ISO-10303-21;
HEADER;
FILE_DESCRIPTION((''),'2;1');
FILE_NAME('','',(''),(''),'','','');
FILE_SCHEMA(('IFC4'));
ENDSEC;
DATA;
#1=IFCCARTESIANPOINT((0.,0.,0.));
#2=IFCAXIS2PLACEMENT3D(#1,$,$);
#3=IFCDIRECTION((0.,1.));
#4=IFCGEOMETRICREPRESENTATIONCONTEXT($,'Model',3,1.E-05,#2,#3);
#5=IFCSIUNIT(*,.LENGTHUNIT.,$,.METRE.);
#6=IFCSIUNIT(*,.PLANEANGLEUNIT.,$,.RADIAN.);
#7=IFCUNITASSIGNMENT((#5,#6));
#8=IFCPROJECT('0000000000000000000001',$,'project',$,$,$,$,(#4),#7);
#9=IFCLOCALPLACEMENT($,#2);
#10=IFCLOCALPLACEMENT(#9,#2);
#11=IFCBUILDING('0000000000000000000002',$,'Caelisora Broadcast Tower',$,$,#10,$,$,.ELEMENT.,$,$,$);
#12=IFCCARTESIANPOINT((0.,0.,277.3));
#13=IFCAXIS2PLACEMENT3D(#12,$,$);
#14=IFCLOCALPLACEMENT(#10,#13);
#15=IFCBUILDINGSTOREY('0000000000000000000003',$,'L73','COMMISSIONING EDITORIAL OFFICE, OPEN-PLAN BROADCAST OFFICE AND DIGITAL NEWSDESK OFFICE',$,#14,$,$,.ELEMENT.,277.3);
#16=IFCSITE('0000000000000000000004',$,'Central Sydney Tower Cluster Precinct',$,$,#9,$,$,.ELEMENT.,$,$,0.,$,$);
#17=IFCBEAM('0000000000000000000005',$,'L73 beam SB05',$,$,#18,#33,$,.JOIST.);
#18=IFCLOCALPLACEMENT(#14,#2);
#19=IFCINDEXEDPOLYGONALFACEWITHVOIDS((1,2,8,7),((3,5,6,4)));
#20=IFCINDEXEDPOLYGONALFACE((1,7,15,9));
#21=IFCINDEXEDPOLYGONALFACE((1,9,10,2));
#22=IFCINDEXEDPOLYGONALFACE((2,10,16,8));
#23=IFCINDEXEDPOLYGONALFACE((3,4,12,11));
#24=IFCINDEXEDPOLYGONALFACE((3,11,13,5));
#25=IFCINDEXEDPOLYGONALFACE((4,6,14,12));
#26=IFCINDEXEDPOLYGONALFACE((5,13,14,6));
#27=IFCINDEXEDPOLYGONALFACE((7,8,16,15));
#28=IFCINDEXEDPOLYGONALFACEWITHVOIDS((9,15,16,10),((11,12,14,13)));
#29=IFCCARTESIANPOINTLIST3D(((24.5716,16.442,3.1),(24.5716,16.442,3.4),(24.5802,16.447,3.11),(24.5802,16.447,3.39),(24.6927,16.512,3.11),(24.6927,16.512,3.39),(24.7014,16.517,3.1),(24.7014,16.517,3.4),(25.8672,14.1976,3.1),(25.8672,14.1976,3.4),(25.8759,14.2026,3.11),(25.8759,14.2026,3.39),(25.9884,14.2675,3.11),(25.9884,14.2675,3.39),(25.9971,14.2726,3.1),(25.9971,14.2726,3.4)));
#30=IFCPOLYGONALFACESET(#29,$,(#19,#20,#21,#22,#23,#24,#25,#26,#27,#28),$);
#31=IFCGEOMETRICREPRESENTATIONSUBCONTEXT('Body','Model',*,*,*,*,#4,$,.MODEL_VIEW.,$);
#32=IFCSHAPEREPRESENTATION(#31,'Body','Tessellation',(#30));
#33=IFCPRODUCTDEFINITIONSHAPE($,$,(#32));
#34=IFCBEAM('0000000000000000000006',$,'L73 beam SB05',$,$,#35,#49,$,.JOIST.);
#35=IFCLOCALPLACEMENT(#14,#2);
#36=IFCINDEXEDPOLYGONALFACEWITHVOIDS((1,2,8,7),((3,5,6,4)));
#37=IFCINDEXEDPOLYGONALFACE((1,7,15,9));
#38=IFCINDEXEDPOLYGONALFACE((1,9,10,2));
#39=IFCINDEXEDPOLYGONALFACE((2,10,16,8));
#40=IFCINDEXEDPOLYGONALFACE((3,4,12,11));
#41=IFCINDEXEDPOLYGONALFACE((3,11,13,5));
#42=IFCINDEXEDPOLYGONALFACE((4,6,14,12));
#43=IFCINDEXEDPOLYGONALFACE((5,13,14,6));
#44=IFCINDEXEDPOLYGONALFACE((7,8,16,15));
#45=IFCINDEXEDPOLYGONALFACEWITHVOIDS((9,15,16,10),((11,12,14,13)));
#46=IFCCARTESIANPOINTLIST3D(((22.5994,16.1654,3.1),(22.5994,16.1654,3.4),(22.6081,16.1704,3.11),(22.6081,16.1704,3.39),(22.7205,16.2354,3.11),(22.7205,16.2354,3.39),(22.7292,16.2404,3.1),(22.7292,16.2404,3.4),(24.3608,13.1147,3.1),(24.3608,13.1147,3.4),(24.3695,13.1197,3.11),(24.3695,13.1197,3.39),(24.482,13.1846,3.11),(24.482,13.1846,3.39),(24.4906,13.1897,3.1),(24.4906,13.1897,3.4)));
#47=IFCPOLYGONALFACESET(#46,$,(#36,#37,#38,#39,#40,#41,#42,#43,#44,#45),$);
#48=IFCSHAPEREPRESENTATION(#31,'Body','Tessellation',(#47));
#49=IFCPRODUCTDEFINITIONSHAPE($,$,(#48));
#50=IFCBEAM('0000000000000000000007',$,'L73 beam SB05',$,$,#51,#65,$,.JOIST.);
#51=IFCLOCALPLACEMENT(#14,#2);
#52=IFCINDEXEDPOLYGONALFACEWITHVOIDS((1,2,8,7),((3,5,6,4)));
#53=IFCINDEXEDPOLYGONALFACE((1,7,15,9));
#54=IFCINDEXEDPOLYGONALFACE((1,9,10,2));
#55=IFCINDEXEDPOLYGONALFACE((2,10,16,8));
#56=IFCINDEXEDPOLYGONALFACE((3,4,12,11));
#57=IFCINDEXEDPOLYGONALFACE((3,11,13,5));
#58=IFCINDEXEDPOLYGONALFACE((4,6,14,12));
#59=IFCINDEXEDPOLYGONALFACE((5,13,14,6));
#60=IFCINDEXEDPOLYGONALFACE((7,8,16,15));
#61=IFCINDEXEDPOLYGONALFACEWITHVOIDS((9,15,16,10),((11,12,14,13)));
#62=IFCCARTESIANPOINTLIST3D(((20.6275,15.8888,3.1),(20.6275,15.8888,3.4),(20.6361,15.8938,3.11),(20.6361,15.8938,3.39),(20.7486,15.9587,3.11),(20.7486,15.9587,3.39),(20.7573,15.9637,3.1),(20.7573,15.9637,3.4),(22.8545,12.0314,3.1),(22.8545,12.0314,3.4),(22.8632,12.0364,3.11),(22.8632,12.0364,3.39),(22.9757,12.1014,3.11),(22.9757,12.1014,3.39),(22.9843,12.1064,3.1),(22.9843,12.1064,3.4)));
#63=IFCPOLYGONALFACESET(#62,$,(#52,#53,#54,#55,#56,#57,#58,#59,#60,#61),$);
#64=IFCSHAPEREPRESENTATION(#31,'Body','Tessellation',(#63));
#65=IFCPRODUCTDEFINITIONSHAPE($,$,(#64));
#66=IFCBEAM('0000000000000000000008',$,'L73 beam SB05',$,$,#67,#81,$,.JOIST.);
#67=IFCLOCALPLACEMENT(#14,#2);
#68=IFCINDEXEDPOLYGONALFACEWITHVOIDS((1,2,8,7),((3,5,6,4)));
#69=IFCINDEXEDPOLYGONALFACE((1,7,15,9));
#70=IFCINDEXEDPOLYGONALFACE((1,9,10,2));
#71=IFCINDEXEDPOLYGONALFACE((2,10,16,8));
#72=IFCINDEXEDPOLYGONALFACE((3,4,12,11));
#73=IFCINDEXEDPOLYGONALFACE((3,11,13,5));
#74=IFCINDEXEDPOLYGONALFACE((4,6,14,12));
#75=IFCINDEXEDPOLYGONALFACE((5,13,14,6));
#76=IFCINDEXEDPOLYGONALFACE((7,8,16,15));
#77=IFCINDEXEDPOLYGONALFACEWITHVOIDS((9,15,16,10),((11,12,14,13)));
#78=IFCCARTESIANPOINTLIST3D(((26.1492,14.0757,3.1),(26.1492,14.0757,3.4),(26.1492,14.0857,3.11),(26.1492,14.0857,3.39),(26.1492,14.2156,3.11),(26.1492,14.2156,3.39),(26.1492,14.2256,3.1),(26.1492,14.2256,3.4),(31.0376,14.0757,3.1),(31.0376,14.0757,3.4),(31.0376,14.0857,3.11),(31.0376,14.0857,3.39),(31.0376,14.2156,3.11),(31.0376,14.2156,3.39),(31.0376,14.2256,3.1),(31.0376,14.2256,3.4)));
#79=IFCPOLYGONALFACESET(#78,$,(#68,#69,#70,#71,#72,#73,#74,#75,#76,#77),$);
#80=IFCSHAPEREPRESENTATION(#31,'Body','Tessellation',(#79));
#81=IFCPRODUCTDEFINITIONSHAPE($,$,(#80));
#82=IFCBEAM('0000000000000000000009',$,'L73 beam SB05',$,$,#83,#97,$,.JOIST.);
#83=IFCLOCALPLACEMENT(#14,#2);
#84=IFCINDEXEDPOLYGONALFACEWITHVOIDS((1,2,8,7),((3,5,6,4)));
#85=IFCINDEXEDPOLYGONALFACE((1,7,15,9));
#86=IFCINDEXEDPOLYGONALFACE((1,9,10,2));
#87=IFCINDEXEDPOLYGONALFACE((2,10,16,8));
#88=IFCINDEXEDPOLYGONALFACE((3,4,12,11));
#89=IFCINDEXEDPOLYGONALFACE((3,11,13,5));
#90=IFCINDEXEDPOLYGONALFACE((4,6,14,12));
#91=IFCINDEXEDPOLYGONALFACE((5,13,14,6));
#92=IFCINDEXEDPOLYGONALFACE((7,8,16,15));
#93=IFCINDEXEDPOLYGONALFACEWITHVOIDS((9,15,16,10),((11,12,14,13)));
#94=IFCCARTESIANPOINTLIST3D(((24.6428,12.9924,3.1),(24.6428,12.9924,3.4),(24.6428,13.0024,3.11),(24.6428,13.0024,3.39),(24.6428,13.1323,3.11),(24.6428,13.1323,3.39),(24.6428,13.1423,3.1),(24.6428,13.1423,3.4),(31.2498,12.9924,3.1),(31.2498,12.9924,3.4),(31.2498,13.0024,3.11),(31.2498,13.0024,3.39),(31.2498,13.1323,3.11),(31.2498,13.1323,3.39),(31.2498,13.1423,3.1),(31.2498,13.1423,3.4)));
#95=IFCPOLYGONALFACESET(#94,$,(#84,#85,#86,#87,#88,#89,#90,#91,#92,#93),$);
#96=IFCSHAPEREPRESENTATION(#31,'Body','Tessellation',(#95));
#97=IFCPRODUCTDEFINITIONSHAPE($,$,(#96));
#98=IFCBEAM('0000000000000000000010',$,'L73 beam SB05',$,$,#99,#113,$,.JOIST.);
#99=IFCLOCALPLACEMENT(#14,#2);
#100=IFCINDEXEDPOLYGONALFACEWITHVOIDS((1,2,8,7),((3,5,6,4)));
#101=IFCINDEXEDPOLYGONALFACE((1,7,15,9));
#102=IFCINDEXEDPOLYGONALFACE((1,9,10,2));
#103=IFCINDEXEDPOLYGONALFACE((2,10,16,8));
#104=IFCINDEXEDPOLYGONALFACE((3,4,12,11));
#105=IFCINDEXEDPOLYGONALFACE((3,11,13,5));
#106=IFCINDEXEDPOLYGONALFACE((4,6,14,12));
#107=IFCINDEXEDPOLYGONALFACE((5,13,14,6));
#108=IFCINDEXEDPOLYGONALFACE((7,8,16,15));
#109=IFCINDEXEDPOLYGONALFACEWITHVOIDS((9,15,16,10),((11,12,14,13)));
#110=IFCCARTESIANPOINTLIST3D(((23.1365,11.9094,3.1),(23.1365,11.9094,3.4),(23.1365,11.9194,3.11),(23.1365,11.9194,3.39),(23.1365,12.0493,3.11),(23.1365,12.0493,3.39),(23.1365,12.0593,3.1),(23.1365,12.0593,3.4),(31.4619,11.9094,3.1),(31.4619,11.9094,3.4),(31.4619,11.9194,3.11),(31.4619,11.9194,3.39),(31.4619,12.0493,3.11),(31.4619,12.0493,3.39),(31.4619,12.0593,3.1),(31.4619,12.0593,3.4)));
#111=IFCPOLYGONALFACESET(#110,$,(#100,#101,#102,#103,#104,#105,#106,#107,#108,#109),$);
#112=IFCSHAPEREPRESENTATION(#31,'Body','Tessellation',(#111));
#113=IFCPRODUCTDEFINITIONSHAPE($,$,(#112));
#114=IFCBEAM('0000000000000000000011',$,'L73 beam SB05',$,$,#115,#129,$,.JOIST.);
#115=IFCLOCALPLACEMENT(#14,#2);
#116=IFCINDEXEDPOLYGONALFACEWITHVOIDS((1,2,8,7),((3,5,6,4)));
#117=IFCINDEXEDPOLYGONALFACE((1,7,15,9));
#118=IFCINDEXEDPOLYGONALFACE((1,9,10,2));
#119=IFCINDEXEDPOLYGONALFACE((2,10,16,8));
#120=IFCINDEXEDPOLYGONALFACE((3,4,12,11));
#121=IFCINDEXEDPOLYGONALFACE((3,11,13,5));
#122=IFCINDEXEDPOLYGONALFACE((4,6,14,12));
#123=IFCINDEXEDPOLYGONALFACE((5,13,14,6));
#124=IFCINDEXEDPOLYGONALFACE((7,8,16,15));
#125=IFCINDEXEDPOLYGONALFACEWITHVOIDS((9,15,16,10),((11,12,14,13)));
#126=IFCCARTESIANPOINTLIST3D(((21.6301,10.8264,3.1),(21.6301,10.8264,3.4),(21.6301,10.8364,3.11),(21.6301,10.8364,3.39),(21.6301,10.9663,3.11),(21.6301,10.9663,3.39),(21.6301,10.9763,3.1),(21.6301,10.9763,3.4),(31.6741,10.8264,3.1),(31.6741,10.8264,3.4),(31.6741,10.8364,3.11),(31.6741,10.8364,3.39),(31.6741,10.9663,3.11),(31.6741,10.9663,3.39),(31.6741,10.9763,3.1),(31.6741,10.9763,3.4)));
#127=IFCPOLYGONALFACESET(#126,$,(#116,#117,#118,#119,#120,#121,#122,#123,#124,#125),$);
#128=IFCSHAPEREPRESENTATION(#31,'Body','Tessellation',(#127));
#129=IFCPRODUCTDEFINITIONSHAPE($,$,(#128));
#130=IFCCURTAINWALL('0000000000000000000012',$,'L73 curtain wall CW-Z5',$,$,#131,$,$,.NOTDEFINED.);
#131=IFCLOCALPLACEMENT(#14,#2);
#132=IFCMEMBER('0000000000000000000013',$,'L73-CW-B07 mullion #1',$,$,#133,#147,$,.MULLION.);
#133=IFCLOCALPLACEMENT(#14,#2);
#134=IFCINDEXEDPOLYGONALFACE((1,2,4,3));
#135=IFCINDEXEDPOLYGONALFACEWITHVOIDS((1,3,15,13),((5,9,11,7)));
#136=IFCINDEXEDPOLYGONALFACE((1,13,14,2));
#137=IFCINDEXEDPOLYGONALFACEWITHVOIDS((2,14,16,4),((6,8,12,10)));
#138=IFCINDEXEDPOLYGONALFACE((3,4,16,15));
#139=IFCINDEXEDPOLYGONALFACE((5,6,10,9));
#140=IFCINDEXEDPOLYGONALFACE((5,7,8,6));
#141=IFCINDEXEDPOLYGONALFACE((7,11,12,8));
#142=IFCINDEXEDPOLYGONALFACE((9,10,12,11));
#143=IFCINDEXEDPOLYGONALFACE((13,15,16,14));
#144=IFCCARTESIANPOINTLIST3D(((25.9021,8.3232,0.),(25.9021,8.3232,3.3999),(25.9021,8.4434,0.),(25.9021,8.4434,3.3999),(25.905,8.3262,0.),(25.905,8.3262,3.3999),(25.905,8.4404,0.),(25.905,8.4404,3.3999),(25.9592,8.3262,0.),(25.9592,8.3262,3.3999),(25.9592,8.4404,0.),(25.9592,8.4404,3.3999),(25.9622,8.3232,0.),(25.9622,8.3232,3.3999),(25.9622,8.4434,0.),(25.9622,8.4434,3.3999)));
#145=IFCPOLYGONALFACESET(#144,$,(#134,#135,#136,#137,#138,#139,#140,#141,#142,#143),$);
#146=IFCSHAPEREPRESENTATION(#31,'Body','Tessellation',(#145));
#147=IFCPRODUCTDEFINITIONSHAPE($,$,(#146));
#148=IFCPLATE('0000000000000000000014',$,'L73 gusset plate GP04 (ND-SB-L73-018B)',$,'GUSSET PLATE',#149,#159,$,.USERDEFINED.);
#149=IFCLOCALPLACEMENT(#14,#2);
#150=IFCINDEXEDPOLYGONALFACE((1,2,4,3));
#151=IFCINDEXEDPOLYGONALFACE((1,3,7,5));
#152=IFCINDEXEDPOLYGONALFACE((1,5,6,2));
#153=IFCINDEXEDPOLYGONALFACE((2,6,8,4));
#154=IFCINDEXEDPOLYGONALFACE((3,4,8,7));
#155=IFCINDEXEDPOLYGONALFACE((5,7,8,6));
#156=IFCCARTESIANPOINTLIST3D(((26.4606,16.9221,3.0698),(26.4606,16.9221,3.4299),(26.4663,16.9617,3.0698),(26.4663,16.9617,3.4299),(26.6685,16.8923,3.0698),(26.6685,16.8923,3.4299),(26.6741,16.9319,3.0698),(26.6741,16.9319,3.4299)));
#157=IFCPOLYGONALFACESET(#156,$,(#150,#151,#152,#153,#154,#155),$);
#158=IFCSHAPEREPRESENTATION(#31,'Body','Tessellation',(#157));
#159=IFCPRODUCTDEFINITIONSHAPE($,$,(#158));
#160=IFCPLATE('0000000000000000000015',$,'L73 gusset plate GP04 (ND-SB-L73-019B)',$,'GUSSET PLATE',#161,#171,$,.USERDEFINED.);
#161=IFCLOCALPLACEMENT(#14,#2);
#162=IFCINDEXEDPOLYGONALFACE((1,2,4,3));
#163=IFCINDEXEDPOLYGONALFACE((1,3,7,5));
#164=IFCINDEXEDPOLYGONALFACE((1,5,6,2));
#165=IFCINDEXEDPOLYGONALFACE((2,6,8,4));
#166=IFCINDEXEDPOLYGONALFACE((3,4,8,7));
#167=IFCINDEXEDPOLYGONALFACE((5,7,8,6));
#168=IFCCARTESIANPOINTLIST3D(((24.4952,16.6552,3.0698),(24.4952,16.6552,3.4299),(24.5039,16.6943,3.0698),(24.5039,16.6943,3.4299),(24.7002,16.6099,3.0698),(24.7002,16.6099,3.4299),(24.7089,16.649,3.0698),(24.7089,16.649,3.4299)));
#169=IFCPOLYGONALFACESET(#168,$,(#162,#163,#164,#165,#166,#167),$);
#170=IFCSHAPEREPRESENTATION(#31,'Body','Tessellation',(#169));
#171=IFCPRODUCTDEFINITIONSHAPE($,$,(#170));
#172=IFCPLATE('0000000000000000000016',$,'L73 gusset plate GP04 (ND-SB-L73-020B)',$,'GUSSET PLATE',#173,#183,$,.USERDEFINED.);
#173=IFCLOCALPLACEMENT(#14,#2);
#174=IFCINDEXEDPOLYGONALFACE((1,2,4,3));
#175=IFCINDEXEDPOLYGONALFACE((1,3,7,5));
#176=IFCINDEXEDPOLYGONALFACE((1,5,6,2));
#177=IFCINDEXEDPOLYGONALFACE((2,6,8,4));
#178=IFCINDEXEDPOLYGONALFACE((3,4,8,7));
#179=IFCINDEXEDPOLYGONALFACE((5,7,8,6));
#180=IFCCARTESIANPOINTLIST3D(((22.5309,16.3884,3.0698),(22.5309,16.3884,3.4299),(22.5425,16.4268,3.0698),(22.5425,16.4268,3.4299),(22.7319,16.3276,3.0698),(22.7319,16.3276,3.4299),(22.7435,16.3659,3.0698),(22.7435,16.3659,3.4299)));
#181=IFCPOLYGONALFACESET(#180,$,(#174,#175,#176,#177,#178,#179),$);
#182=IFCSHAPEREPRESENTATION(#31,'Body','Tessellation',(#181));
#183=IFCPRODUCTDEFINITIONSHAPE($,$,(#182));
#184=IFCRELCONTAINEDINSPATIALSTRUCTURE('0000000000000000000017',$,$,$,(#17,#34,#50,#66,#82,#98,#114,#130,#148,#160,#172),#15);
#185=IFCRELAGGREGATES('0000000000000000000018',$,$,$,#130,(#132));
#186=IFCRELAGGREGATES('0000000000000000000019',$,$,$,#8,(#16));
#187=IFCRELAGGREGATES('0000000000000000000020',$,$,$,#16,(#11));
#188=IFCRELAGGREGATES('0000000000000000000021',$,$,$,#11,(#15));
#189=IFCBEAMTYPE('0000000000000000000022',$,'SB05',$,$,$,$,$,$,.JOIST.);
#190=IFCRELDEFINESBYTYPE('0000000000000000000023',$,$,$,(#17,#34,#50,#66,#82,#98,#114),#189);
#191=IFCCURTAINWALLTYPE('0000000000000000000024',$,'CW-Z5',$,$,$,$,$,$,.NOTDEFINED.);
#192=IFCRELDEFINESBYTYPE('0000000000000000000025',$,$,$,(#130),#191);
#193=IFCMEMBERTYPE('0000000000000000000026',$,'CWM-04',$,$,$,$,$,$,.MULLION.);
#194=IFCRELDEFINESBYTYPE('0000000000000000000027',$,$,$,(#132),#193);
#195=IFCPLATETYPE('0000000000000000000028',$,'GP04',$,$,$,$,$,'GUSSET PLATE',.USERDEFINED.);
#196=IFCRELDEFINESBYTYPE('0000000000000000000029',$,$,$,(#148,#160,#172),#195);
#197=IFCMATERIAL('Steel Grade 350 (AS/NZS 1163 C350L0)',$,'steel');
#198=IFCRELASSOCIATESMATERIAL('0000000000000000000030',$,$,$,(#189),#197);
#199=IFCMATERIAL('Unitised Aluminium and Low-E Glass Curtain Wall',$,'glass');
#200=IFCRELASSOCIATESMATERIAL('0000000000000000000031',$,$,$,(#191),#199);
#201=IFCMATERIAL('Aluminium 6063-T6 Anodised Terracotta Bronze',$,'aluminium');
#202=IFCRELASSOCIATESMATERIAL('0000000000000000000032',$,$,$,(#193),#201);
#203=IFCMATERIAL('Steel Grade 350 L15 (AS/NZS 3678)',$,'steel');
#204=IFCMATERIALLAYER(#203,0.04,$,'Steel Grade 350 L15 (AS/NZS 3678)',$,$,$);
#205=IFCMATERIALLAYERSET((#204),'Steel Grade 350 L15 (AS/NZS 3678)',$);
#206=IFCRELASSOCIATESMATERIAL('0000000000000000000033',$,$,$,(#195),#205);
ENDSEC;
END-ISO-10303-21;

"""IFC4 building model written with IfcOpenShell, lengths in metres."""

from ifc_helpers import new_model, si_unit, direction, frame, origin, origin_2d, place, context, subcontext, project, spatial, rectangle, hollow_rectangle, extrude, source, transform, mapped, material, layer, layer_set, material_profile, profile_set, type_object, type_shapes, element, aggregate, save


model = new_model("IFC4")

# Units and contexts
model_context = context("Model", 3, precision=1e-05, world=origin(), true_north=direction((0.0, 1.0)))
body_context = subcontext(model_context, "Body", "Model", "MODEL_VIEW")
ifc_project = project(units=[si_unit("LENGTHUNIT", "METRE"), si_unit("PLANEANGLEUNIT", "RADIAN")], contexts=[model_context])

# Site, building, storey
site_placement = place(None, origin())
site = spatial("IfcSite", under=ifc_project, at=site_placement, Name="Central Sydney Tower Cluster Precinct", CompositionType="ELEMENT", RefElevation=0.0)
building_placement = place(site_placement, origin())
building = spatial("IfcBuilding", under=site, at=building_placement, Name="Caelisora Broadcast Tower", CompositionType="ELEMENT")
storey_placement = place(building_placement, frame((0.0, 0.0, 277.3)))
storey = spatial("IfcBuildingStorey", under=building, at=storey_placement, Name="L73", Description="COMMISSIONING EDITORIAL OFFICE, OPEN-PLAN BROADCAST OFFICE AND DIGITAL NEWSDESK OFFICE", CompositionType="ELEMENT", Elevation=277.3)

# Beams
ifc_material_1 = material(Name="Steel Grade 350 (AS/NZS 1163 C350L0)", Category="steel")
ifc_material_profile_1 = material_profile(ifc_material_1, hollow_rectangle(XDim=0.1499, YDim=0.3, WallThickness=0.01, at=origin_2d()), Name="Steel Grade 350 (AS/NZS 1163 C350L0)")
ifc_profile_set_1 = profile_set([ifc_material_profile_1], Name="Steel Grade 350 (AS/NZS 1163 C350L0)")
beam_type = type_object("IfcBeamType", Name="SB05", PredefinedType="JOIST", material=ifc_profile_set_1)
shared_shape_1 = source(origin(), body_context, "Body", "SweptSolid", [
    extrude(hollow_rectangle(XDim=0.1499, YDim=0.3, WallThickness=0.01, at=origin_2d()), origin(), (0.0, 0.0, 1.0), 2.5916),
])
beam_1_placement = place(storey_placement, frame((24.6365, 16.4795, 3.25), z_axis=(0.499959, -0.866049, 0.0), x_axis=(0.866049, 0.499959, 0.0)))
element("IfcBeam", 1, at=beam_1_placement, inside=storey, type_object=beam_type, Name="L73 beam SB05", PredefinedType="JOIST", context=body_context, shape_type="MappedRepresentation", body=[
    mapped(shared_shape_1, transform((0.0, 0.0, 0.0), scale=1.0)),
])
shared_shape_2 = source(origin(), body_context, "Body", "SweptSolid", [
    extrude(hollow_rectangle(XDim=0.1499, YDim=0.3, WallThickness=0.01, at=origin_2d()), origin(), (0.0, 0.0, 1.0), 3.5227),
])
beam_2_placement = place(storey_placement, frame((22.6643, 16.2029, 3.25), z_axis=(0.500022, -0.866012, 0.0), x_axis=(0.866012, 0.500022, 0.0)))
element("IfcBeam", 2, at=beam_2_placement, inside=storey, type_object=beam_type, Name="L73 beam SB05", PredefinedType="JOIST", context=body_context, shape_type="MappedRepresentation", body=[
    mapped(shared_shape_2, transform((0.0, 0.0, 0.0), scale=1.0)),
])
shared_shape_3 = source(origin(), body_context, "Body", "SweptSolid", [
    extrude(hollow_rectangle(XDim=0.1499, YDim=0.3, WallThickness=0.01, at=origin_2d()), origin(), (0.0, 0.0, 1.0), 4.4541),
])
beam_3_placement = place(storey_placement, frame((20.6924, 15.9263, 3.25), z_axis=(0.499994, -0.866029, 0.0), x_axis=(0.866029, 0.499994, 0.0)))
element("IfcBeam", 3, at=beam_3_placement, inside=storey, type_object=beam_type, Name="L73 beam SB05", PredefinedType="JOIST", context=body_context, shape_type="MappedRepresentation", body=[
    mapped(shared_shape_3, transform((0.0, 0.0, 0.0), scale=1.0)),
])
shared_shape_4 = source(origin(), body_context, "Body", "SweptSolid", [
    extrude(hollow_rectangle(XDim=0.1499, YDim=0.3, WallThickness=0.01, at=origin_2d()), origin(), (0.0, 0.0, 1.0), 4.8884),
])
beam_4_placement = place(storey_placement, frame((26.1492, 14.1506, 3.25), z_axis=(1.0, 0.0, 0.0), x_axis=(0.0, 1.0, 0.0)))
element("IfcBeam", 4, at=beam_4_placement, inside=storey, type_object=beam_type, Name="L73 beam SB05", PredefinedType="JOIST", context=body_context, shape_type="MappedRepresentation", body=[
    mapped(shared_shape_4, transform((0.0, 0.0, 0.0), scale=1.0)),
])
shared_shape_5 = source(origin(), body_context, "Body", "SweptSolid", [
    extrude(hollow_rectangle(XDim=0.1499, YDim=0.3, WallThickness=0.01, at=origin_2d()), origin(), (0.0, 0.0, 1.0), 6.6069),
])
beam_5_placement = place(storey_placement, frame((24.6428, 13.0674, 3.25), z_axis=(1.0, 0.0, 0.0), x_axis=(0.0, 1.0, 0.0)))
element("IfcBeam", 5, at=beam_5_placement, inside=storey, type_object=beam_type, Name="L73 beam SB05", PredefinedType="JOIST", context=body_context, shape_type="MappedRepresentation", body=[
    mapped(shared_shape_5, transform((0.0, 0.0, 0.0), scale=1.0)),
])
shared_shape_6 = source(origin(), body_context, "Body", "SweptSolid", [
    extrude(hollow_rectangle(XDim=0.1499, YDim=0.3, WallThickness=0.01, at=origin_2d()), origin(), (0.0, 0.0, 1.0), 8.3254),
])
beam_6_placement = place(storey_placement, frame((23.1365, 11.9844, 3.25), z_axis=(1.0, 0.0, 0.0), x_axis=(0.0, 1.0, 0.0)))
element("IfcBeam", 6, at=beam_6_placement, inside=storey, type_object=beam_type, Name="L73 beam SB05", PredefinedType="JOIST", context=body_context, shape_type="MappedRepresentation", body=[
    mapped(shared_shape_6, transform((0.0, 0.0, 0.0), scale=1.0)),
])
shared_shape_7 = source(origin(), body_context, "Body", "SweptSolid", [
    extrude(hollow_rectangle(XDim=0.1499, YDim=0.3, WallThickness=0.01, at=origin_2d()), origin(), (0.0, 0.0, 1.0), 10.0439),
])
type_shapes(beam_type, [shared_shape_1, shared_shape_2, shared_shape_3, shared_shape_4, shared_shape_5, shared_shape_6, shared_shape_7])
beam_7_placement = place(storey_placement, frame((21.6301, 10.9014, 3.25), z_axis=(1.0, 0.0, 0.0), x_axis=(0.0, 1.0, 0.0)))
element("IfcBeam", 7, at=beam_7_placement, inside=storey, type_object=beam_type, Name="L73 beam SB05", PredefinedType="JOIST", context=body_context, shape_type="MappedRepresentation", body=[
    mapped(shared_shape_7, transform((0.0, 0.0, 0.0), scale=1.0)),
])

# Curtain wall, member
ifc_material_2 = material(Name="Unitised Aluminium and Low-E Glass Curtain Wall", Category="glass")
curtain_wall_type = type_object("IfcCurtainWallType", Name="CW-Z5", PredefinedType="NOTDEFINED", material=ifc_material_2)
curtain_wall_placement = place(storey_placement, origin())
curtain_wall = element("IfcCurtainWall", 8, at=curtain_wall_placement, inside=storey, type_object=curtain_wall_type, Name="L73 curtain wall CW-Z5", PredefinedType="NOTDEFINED")
ifc_material_3 = material(Name="Aluminium 6063-T6 Anodised Terracotta Bronze", Category="aluminium")
ifc_material_profile_2 = material_profile(ifc_material_3, hollow_rectangle(XDim=0.0601, YDim=0.1201, WallThickness=0.0029, at=origin_2d()), Name="Aluminium 6063-T6 Anodised Terracotta Bronze")
ifc_profile_set_2 = profile_set([ifc_material_profile_2], Name="Aluminium 6063-T6 Anodised Terracotta Bronze")
member_type = type_object("IfcMemberType", Name="CWM-04", PredefinedType="MULLION", material=ifc_profile_set_2)
shared_shape_8 = source(origin(), body_context, "Body", "SweptSolid", [
    extrude(hollow_rectangle(XDim=0.0601, YDim=0.1201, WallThickness=0.0029, at=origin_2d()), origin(), (0.0, 0.0, 1.0), 3.3999),
])
type_shapes(member_type, [shared_shape_8])
member_placement = place(storey_placement, frame((25.9321, 8.3833, 0.0), z_axis=(0.0, 0.0, 1.0), x_axis=(1.0, 0.0, 0.0)))
member = element("IfcMember", 9, at=member_placement, type_object=member_type, Name="L73-CW-B07 mullion #1", PredefinedType="MULLION", context=body_context, shape_type="MappedRepresentation", body=[
    mapped(shared_shape_8, transform((0.0, 0.0, 0.0), scale=1.0)),
])

# Plates
ifc_material_4 = material(Name="Steel Grade 350 L15 (AS/NZS 3678)", Category="steel")
ifc_layer_1 = layer(ifc_material_4, 0.04, Name="Steel Grade 350 L15 (AS/NZS 3678)")
ifc_layer_set_1 = layer_set([ifc_layer_1], Name="Steel Grade 350 L15 (AS/NZS 3678)")
plate_type_1 = type_object("IfcPlateType", Name="GP04", ElementType="GUSSET PLATE", PredefinedType="USERDEFINED", material=ifc_layer_set_1)
shared_shape_9 = source(origin(), body_context, "Body", "SweptSolid", [
    extrude(rectangle(XDim=0.21, YDim=0.04, at=origin_2d()), origin(), (0.0, 0.0, 1.0), 0.3601),
])
type_shapes(plate_type_1, [shared_shape_9])
for number, where, z_axis, x_axis, name in (
    (10, (26.5674, 16.927, 3.0698), (0.0, 0.0, 1.0), (0.989851, -0.142111, 0.0), "L73 gusset plate GP04 (ND-SB-L73-018B)"),
    (11, (24.6021, 16.6521, 3.0698), (0.0, 0.0, 1.0), (0.976447, -0.215758, 0.0), "L73 gusset plate GP04 (ND-SB-L73-019B)"),
    (12, (22.6372, 16.3772, 3.0698), (0.0, 0.0, 1.0), (0.957117, -0.2897, 0.0), "L73 gusset plate GP04 (ND-SB-L73-020B)"),
):
    element("IfcPlate", number, at=place(storey_placement, frame(where, z_axis=z_axis, x_axis=x_axis)), inside=storey, type_object=plate_type_1, Name=name, ObjectType="GUSSET PLATE", PredefinedType="USERDEFINED", context=body_context, shape_type="MappedRepresentation", body=[
        mapped(shared_shape_9, transform((0.0, 0.0, 0.0), scale=1.0)),
    ])

aggregate(curtain_wall, [member])

save(model, "model.ifc")
